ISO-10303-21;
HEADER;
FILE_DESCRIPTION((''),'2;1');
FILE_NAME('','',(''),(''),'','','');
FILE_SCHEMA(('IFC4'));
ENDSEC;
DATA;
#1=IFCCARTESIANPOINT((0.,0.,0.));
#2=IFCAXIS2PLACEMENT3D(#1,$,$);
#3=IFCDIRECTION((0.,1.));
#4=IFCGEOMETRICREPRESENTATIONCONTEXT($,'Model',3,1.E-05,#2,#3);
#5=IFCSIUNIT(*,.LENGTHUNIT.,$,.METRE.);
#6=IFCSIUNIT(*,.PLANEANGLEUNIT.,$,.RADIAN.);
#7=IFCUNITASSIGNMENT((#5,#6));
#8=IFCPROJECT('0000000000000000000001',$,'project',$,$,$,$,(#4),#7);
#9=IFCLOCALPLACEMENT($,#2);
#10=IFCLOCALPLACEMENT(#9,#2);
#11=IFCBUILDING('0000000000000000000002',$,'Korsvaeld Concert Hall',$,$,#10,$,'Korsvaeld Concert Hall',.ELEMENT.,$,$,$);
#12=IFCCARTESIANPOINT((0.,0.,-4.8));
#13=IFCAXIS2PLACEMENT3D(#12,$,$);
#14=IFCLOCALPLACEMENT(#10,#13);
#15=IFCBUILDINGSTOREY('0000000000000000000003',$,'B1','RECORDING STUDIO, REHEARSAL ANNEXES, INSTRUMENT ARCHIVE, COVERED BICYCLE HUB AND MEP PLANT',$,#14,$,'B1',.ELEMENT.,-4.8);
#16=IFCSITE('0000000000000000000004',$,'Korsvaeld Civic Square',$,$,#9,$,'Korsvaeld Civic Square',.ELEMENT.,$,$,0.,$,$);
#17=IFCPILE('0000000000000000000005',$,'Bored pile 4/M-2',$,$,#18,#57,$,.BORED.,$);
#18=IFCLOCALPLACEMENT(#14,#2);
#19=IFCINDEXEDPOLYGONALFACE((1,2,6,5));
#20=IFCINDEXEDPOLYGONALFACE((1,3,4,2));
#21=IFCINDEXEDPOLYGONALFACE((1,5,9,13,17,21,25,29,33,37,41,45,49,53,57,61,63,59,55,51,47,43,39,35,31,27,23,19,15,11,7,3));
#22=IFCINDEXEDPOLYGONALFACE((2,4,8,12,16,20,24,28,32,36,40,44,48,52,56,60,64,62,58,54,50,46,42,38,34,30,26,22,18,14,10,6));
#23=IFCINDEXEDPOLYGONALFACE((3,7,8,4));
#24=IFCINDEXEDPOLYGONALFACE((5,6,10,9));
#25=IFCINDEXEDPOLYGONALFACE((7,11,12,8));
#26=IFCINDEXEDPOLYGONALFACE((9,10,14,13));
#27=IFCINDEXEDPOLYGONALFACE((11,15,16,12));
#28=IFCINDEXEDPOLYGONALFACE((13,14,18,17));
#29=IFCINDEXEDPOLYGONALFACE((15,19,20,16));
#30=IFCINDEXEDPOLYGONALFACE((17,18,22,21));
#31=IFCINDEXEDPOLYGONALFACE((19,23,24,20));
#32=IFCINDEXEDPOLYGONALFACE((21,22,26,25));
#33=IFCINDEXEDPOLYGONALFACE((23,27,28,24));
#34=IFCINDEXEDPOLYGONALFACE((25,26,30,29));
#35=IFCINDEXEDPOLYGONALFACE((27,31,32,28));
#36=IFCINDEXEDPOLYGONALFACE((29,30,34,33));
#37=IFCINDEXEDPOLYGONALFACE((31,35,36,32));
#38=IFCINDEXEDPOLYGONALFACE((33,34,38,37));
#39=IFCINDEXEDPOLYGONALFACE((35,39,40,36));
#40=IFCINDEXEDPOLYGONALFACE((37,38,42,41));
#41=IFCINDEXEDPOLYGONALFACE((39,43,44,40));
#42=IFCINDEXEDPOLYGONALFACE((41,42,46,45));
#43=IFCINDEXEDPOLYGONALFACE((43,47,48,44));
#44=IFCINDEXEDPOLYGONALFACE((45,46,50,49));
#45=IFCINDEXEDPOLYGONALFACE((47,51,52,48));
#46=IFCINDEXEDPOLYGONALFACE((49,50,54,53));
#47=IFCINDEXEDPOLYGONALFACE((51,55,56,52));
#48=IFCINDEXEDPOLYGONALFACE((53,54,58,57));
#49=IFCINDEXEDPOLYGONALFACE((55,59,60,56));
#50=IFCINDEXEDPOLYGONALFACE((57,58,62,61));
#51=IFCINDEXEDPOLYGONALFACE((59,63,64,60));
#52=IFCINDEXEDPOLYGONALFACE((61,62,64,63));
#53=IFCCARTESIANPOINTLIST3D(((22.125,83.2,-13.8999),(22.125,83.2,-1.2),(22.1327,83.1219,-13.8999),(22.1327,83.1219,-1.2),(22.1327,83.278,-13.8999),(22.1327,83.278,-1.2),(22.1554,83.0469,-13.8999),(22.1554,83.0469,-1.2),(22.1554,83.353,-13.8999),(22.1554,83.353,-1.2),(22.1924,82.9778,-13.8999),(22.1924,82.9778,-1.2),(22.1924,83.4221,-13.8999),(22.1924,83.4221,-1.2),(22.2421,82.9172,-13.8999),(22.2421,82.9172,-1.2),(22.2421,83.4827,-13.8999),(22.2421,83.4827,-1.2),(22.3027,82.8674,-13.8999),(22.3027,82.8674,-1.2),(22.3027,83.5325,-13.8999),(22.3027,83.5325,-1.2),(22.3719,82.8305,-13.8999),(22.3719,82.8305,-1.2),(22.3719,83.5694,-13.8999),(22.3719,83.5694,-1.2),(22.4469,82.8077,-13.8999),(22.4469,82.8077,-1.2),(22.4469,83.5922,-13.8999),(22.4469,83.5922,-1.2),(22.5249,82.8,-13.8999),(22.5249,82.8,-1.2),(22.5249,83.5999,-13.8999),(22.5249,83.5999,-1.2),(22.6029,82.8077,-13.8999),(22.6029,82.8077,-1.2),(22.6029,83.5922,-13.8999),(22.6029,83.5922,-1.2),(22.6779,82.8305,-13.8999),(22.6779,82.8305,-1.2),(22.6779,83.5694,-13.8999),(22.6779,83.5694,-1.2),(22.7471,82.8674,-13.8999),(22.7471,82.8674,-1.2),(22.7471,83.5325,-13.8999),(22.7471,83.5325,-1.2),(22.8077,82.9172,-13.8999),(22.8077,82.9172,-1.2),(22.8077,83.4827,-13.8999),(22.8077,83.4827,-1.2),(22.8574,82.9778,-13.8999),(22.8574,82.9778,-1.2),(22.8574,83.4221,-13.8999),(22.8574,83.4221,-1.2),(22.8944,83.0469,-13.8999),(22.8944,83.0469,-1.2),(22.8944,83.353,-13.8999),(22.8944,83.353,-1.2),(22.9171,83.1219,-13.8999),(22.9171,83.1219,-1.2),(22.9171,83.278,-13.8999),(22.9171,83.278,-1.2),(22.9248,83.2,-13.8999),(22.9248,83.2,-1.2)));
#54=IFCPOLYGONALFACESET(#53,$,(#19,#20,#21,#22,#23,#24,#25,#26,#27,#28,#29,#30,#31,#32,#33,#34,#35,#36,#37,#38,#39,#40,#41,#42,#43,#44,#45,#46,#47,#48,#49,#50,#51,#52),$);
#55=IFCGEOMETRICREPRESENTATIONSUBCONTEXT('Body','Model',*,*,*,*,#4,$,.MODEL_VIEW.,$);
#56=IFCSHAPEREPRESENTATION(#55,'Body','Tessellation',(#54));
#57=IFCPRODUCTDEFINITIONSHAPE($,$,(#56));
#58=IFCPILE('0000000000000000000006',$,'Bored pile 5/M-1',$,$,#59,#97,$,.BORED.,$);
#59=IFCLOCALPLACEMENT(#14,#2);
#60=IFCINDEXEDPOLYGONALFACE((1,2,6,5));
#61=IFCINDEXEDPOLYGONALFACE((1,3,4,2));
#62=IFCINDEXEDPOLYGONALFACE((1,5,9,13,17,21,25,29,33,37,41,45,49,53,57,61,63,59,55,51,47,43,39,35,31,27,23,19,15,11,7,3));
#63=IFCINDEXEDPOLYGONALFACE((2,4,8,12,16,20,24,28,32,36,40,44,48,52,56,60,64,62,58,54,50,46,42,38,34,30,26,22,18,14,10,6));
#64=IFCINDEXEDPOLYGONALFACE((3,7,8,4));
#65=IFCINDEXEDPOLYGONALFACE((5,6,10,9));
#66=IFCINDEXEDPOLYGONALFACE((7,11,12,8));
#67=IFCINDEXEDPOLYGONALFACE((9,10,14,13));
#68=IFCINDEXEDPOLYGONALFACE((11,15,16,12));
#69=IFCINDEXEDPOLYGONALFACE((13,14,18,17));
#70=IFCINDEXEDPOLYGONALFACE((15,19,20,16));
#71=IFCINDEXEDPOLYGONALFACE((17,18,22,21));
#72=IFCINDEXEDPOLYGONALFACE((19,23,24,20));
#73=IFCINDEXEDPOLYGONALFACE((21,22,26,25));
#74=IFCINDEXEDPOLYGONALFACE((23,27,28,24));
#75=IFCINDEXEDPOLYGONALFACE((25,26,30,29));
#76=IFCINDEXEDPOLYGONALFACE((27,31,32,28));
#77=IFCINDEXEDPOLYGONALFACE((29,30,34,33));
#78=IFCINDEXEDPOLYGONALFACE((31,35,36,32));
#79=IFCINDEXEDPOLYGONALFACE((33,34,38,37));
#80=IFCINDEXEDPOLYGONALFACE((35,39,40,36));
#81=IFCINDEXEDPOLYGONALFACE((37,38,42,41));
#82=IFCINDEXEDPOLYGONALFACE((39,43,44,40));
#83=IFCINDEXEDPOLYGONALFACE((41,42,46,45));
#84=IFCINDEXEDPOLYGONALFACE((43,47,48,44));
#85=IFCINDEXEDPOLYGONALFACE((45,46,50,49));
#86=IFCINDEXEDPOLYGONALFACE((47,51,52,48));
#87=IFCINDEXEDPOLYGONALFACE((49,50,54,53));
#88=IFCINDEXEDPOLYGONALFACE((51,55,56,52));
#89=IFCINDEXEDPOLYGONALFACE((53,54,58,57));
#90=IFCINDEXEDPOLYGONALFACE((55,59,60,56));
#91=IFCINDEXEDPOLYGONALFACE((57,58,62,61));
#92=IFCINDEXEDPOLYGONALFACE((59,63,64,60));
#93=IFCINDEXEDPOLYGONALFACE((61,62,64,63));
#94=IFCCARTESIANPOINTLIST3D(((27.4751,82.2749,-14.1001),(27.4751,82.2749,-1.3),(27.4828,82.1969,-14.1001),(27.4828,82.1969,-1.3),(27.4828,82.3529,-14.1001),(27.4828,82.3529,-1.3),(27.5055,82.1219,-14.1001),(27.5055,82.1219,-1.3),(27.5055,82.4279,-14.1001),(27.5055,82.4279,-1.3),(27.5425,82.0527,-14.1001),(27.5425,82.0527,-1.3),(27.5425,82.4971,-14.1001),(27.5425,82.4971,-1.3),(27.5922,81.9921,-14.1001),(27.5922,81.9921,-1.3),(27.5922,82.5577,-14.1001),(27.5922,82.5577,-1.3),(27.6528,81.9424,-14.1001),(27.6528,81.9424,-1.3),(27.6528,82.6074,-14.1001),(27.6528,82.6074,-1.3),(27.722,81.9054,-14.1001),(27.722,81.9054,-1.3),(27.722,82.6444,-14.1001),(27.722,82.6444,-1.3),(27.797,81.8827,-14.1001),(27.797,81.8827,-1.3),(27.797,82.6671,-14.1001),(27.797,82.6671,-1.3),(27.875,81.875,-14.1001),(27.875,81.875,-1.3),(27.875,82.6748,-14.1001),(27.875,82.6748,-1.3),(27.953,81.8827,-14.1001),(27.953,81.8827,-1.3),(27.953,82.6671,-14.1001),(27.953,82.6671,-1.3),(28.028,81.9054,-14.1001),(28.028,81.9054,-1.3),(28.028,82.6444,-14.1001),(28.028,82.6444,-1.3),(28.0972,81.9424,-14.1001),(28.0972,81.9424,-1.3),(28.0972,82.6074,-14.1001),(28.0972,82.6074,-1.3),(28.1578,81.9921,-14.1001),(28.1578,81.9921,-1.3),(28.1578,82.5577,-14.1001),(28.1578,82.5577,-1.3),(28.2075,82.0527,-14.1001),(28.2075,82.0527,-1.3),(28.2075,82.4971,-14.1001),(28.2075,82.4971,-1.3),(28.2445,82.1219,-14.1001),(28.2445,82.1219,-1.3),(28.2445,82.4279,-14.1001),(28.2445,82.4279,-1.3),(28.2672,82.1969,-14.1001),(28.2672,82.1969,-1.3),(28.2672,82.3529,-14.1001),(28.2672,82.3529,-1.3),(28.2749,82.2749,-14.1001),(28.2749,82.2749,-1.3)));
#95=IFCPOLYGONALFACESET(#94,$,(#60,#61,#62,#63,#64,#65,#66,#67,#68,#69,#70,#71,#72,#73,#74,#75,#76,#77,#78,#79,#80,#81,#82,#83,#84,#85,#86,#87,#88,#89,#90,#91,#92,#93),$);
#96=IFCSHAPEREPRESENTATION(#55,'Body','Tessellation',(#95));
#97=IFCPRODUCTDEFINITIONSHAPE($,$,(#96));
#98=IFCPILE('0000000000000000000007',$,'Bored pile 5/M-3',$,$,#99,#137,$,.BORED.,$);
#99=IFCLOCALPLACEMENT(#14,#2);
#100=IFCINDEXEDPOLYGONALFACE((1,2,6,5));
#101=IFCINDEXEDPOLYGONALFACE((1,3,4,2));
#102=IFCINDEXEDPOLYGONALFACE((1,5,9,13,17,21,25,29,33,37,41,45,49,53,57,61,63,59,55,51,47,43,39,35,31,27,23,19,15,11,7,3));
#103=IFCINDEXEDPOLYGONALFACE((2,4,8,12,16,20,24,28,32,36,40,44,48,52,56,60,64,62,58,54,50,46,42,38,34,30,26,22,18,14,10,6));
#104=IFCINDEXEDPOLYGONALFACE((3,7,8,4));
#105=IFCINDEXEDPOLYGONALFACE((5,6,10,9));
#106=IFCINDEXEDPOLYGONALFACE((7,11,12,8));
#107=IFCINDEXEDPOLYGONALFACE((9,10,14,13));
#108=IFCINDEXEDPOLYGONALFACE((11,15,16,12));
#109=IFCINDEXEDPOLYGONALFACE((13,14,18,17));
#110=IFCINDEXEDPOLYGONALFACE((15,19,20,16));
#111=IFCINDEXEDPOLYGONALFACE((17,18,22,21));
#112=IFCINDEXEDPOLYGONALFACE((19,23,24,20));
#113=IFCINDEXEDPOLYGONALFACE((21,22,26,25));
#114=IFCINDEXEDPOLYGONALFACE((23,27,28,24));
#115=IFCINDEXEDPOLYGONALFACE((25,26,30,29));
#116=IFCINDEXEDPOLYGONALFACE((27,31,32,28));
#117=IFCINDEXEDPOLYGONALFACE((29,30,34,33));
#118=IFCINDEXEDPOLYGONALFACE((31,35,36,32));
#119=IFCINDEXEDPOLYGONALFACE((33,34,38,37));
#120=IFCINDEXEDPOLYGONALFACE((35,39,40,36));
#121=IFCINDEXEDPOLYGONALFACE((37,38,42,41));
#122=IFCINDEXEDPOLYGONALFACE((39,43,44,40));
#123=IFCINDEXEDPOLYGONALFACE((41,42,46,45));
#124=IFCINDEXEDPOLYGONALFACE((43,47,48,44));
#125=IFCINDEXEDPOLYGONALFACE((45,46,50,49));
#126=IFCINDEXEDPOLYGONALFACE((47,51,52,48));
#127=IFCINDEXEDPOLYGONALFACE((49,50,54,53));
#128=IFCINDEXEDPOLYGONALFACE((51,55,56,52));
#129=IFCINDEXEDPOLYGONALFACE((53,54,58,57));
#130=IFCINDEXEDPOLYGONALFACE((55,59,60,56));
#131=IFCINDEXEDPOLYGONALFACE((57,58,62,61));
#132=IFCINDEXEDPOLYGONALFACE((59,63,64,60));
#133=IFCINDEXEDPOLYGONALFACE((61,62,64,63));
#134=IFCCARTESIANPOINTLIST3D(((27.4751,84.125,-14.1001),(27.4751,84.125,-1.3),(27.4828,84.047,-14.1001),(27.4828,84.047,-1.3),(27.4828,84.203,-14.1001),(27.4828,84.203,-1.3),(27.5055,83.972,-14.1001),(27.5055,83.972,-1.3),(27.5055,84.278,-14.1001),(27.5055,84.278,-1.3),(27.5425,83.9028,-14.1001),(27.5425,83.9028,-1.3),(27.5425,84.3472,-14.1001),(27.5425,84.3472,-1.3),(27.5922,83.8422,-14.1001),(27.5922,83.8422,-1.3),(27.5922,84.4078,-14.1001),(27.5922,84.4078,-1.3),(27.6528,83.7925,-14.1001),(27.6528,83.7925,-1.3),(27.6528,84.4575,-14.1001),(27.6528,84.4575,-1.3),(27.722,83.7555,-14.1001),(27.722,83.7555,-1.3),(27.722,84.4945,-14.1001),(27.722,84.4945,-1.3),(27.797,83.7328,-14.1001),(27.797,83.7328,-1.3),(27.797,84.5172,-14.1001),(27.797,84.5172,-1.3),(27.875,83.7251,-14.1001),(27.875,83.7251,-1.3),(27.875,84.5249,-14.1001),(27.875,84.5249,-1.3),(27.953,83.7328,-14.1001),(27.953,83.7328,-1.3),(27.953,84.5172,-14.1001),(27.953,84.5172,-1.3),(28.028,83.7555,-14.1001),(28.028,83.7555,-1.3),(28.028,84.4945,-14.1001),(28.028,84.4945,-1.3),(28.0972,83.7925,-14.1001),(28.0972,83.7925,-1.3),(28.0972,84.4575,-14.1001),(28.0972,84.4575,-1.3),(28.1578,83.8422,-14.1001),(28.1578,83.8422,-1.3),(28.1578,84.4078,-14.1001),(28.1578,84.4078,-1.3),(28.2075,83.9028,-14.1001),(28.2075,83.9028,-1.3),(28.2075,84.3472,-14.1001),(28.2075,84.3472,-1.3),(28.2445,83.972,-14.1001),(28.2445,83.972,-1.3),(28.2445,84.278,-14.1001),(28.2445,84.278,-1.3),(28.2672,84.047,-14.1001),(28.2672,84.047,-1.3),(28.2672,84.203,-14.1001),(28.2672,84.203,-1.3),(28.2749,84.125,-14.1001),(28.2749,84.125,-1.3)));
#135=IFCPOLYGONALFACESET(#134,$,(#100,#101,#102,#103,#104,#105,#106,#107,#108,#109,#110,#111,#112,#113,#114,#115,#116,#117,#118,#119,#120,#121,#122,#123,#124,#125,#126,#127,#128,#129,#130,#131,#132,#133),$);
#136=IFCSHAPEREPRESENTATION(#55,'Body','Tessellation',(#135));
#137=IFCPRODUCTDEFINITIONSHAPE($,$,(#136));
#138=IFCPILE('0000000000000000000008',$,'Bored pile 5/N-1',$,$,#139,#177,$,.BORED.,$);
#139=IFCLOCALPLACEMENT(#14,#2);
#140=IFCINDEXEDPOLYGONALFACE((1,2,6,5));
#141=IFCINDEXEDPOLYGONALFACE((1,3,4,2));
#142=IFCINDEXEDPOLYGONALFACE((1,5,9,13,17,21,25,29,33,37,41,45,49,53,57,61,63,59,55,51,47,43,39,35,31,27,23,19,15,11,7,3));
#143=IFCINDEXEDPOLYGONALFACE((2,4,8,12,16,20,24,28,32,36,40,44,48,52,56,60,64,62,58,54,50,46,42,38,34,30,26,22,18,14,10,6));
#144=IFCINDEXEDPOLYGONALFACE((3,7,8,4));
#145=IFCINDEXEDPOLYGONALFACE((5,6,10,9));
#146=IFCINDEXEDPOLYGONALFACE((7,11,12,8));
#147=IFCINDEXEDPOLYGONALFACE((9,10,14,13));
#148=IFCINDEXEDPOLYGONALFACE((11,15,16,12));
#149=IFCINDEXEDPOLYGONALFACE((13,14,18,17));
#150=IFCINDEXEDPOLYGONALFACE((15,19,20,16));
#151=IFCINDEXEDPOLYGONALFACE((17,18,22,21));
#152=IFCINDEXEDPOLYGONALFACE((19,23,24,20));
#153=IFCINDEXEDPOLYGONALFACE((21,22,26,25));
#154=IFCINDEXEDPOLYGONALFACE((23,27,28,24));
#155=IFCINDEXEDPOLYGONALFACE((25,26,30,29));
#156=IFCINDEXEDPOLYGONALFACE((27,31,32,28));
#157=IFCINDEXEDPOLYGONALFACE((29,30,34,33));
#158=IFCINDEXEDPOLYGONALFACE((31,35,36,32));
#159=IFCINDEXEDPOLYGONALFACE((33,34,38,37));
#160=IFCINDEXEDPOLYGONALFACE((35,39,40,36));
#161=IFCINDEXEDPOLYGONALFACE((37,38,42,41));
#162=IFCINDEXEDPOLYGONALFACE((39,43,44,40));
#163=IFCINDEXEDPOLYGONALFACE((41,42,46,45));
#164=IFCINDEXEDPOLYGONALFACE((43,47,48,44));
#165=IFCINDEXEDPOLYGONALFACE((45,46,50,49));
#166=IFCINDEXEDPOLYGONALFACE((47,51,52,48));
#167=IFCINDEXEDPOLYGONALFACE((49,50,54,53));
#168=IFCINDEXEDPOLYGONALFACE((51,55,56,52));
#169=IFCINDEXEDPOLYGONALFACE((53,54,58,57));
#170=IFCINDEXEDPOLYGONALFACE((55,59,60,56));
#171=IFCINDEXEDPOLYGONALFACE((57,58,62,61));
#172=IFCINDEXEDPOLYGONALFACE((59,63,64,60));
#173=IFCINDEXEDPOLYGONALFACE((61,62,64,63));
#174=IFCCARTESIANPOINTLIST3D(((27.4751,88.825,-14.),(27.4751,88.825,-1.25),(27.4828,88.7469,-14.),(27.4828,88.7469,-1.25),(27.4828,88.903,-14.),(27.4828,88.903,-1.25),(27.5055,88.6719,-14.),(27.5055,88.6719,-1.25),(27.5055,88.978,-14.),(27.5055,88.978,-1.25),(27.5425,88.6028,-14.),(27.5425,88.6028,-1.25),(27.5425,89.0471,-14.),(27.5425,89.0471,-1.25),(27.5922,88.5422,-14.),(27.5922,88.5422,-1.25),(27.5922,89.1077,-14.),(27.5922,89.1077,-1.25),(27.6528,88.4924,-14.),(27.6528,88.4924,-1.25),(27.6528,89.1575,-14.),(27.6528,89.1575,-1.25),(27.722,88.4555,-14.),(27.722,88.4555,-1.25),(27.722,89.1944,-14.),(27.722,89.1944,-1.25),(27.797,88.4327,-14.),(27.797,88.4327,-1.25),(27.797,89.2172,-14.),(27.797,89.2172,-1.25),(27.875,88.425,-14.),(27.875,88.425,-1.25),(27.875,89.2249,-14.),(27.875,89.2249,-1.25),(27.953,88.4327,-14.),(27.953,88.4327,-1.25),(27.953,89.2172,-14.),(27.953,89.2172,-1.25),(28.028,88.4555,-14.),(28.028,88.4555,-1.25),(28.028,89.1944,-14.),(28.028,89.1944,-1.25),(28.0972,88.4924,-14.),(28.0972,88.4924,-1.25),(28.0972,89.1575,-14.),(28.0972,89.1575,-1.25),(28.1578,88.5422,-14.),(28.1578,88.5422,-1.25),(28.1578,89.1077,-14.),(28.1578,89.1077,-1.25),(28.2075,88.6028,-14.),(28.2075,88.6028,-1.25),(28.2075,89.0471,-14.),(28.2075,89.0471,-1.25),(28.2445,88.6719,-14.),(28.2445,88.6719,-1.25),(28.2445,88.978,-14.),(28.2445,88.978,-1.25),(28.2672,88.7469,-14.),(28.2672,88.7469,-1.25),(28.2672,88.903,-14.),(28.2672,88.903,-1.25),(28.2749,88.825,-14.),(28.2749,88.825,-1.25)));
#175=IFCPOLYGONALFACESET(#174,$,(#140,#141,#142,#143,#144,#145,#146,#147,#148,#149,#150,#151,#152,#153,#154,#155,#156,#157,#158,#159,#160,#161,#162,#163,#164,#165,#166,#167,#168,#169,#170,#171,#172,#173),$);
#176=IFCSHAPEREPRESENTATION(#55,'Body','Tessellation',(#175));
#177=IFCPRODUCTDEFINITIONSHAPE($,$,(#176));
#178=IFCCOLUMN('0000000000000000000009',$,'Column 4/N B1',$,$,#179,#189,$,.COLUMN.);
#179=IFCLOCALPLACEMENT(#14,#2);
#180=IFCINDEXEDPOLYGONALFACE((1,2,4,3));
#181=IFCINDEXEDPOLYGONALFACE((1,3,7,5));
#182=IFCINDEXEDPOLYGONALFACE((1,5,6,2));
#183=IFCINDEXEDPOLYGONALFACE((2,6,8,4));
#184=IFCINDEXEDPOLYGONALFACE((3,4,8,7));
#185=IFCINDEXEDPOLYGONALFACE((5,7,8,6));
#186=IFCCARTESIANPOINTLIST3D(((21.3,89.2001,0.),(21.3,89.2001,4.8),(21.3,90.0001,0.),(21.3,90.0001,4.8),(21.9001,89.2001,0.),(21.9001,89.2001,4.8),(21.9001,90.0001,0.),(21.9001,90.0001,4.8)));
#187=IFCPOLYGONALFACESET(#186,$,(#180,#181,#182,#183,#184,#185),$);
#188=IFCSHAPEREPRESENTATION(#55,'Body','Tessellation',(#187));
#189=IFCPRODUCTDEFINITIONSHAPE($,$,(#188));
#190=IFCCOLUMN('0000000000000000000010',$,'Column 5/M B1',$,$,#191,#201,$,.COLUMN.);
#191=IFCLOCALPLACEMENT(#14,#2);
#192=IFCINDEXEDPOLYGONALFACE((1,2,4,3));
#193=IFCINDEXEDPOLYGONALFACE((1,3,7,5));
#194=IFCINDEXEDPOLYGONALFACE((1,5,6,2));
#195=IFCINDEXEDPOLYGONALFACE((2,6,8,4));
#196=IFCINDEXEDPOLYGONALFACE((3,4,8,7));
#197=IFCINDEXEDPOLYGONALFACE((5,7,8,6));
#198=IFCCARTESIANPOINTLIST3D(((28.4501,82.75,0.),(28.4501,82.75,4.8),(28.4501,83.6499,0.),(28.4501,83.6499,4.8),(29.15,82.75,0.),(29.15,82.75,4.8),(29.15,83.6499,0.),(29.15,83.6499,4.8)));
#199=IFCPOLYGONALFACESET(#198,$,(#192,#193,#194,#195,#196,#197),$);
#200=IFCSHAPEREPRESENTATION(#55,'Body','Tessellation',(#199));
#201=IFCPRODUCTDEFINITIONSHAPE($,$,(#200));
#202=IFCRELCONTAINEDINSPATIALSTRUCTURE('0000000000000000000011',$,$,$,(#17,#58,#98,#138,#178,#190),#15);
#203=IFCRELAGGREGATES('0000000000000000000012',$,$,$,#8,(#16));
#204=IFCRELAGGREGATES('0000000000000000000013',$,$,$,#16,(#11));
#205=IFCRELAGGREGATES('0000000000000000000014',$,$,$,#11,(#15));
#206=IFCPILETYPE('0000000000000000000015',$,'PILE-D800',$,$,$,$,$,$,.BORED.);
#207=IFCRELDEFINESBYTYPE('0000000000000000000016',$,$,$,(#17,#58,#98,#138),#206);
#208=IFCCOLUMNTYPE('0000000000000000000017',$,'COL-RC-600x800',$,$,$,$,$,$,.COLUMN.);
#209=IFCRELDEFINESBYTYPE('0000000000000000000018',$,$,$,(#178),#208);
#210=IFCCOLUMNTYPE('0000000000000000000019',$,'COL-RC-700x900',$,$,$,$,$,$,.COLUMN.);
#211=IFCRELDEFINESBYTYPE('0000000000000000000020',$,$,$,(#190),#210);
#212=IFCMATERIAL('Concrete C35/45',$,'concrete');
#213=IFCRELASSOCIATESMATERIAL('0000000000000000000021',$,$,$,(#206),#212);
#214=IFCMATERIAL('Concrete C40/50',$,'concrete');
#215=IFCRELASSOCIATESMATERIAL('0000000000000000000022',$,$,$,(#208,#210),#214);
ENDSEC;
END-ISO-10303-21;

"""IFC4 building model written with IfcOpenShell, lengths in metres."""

from ifc_helpers import new_model, si_unit, direction, frame, origin, origin_2d, place, context, subcontext, project, spatial, rectangle, circle, extrude, material, material_profile, profile_set, type_object, element, save


model = new_model("IFC4")

# Units and contexts
model_context = context("Model", 3, precision=1e-05, world=origin(), true_north=direction((0.0, 1.0)))
body_context = subcontext(model_context, "Body", "Model", "MODEL_VIEW")
ifc_project = project(units=[si_unit("LENGTHUNIT", "METRE"), si_unit("PLANEANGLEUNIT", "RADIAN")], contexts=[model_context])

# Site, building, storey
site_placement = place(None, origin())
site = spatial("IfcSite", under=ifc_project, at=site_placement, Name="Korsvaeld Civic Square", LongName="Korsvaeld Civic Square", CompositionType="ELEMENT", RefElevation=0.0)
building_placement = place(site_placement, origin())
building = spatial("IfcBuilding", under=site, at=building_placement, Name="Korsvaeld Concert Hall", LongName="Korsvaeld Concert Hall", CompositionType="ELEMENT")
storey_placement = place(building_placement, frame((0.0, 0.0, -4.8)))
storey = spatial("IfcBuildingStorey", under=building, at=storey_placement, Name="B1", Description="RECORDING STUDIO, REHEARSAL ANNEXES, INSTRUMENT ARCHIVE, COVERED BICYCLE HUB AND MEP PLANT", LongName="B1", CompositionType="ELEMENT", Elevation=-4.8)

# Shared definitions
ifc_material_1 = material(Name="Concrete C35/45", Category="concrete")

# Piles
ifc_material_profile_1 = material_profile(ifc_material_1, circle(Radius=0.3999, at=origin_2d()), Name="BORED PILE D800")
ifc_profile_set_1 = profile_set([ifc_material_profile_1], Name="Concrete C35/45")
pile_type_1 = type_object("IfcPileType", Name="PILE-D800", PredefinedType="BORED", material=ifc_profile_set_1)
pile_1_placement = place(storey_placement, frame((22.5249, 83.2, -1.2), z_axis=(0.0, 0.0, -1.0), x_axis=(1.0, 0.0, 0.0)))
element("IfcPile", 1, at=pile_1_placement, inside=storey, type_object=pile_type_1, Name="Bored pile 4/M-2", PredefinedType="BORED", context=body_context, shape_type="SweptSolid", body=[
    extrude(circle(Radius=0.3999, at=origin_2d()), origin(), (0.0, 0.0, 1.0), 12.7),
])
for number, where, z_axis, x_axis, name in (
    (2, (27.875, 82.2749, -1.3), (0.0, 0.0, -1.0), (1.0, 0.0, 0.0), "Bored pile 5/M-1"),
    (3, (27.875, 84.125, -1.3), (0.0, 0.0, -1.0), (1.0, 0.0, 0.0), "Bored pile 5/M-3"),
):
    element("IfcPile", number, at=place(storey_placement, frame(where, z_axis=z_axis, x_axis=x_axis)), inside=storey, type_object=pile_type_1, Name=name, PredefinedType="BORED", context=body_context, shape_type="SweptSolid", body=[
        extrude(circle(Radius=0.3999, at=origin_2d()), origin(), (0.0, 0.0, 1.0), 12.8),
    ])
pile_2_placement = place(storey_placement, frame((27.875, 88.825, -1.25), z_axis=(0.0, 0.0, -1.0), x_axis=(1.0, 0.0, 0.0)))
element("IfcPile", 4, at=pile_2_placement, inside=storey, type_object=pile_type_1, Name="Bored pile 5/N-1", PredefinedType="BORED", context=body_context, shape_type="SweptSolid", body=[
    extrude(circle(Radius=0.3999, at=origin_2d()), origin(), (0.0, 0.0, 1.0), 12.75),
])

# Columns
ifc_material_2 = material(Name="Concrete C40/50", Category="concrete")
ifc_material_profile_2 = material_profile(ifc_material_2, rectangle(XDim=0.6001, YDim=0.8, at=origin_2d()), Name="RC 600x800")
ifc_profile_set_2 = profile_set([ifc_material_profile_2], Name="Concrete C40/50")
column_type_1 = type_object("IfcColumnType", Name="COL-RC-600x800", PredefinedType="COLUMN", material=ifc_profile_set_2)
column_1_placement = place(storey_placement, frame((21.6001, 89.6001, 0.0), z_axis=(0.0, 0.0, 1.0), x_axis=(1.0, 0.0, 0.0)))
element("IfcColumn", 5, at=column_1_placement, inside=storey, type_object=column_type_1, Name="Column 4/N B1", PredefinedType="COLUMN", context=body_context, shape_type="SweptSolid", body=[
    extrude(rectangle(XDim=0.6001, YDim=0.8, at=origin_2d()), origin(), (0.0, 0.0, 1.0), 4.8),
])
ifc_material_profile_3 = material_profile(ifc_material_2, rectangle(XDim=0.7, YDim=0.8999, at=origin_2d()), Name="RC 700x900")
ifc_profile_set_3 = profile_set([ifc_material_profile_3], Name="Concrete C40/50")
column_type_2 = type_object("IfcColumnType", Name="COL-RC-700x900", PredefinedType="COLUMN", material=ifc_profile_set_3)
column_2_placement = place(storey_placement, frame((28.8, 83.2, 0.0), z_axis=(0.0, 0.0, 1.0), x_axis=(1.0, 0.0, 0.0)))
element("IfcColumn", 6, at=column_2_placement, inside=storey, type_object=column_type_2, Name="Column 5/M B1", PredefinedType="COLUMN", context=body_context, shape_type="SweptSolid", body=[
    extrude(rectangle(XDim=0.7, YDim=0.8999, at=origin_2d()), origin(), (0.0, 0.0, 1.0), 4.8),
])

save(model, "model.ifc")
